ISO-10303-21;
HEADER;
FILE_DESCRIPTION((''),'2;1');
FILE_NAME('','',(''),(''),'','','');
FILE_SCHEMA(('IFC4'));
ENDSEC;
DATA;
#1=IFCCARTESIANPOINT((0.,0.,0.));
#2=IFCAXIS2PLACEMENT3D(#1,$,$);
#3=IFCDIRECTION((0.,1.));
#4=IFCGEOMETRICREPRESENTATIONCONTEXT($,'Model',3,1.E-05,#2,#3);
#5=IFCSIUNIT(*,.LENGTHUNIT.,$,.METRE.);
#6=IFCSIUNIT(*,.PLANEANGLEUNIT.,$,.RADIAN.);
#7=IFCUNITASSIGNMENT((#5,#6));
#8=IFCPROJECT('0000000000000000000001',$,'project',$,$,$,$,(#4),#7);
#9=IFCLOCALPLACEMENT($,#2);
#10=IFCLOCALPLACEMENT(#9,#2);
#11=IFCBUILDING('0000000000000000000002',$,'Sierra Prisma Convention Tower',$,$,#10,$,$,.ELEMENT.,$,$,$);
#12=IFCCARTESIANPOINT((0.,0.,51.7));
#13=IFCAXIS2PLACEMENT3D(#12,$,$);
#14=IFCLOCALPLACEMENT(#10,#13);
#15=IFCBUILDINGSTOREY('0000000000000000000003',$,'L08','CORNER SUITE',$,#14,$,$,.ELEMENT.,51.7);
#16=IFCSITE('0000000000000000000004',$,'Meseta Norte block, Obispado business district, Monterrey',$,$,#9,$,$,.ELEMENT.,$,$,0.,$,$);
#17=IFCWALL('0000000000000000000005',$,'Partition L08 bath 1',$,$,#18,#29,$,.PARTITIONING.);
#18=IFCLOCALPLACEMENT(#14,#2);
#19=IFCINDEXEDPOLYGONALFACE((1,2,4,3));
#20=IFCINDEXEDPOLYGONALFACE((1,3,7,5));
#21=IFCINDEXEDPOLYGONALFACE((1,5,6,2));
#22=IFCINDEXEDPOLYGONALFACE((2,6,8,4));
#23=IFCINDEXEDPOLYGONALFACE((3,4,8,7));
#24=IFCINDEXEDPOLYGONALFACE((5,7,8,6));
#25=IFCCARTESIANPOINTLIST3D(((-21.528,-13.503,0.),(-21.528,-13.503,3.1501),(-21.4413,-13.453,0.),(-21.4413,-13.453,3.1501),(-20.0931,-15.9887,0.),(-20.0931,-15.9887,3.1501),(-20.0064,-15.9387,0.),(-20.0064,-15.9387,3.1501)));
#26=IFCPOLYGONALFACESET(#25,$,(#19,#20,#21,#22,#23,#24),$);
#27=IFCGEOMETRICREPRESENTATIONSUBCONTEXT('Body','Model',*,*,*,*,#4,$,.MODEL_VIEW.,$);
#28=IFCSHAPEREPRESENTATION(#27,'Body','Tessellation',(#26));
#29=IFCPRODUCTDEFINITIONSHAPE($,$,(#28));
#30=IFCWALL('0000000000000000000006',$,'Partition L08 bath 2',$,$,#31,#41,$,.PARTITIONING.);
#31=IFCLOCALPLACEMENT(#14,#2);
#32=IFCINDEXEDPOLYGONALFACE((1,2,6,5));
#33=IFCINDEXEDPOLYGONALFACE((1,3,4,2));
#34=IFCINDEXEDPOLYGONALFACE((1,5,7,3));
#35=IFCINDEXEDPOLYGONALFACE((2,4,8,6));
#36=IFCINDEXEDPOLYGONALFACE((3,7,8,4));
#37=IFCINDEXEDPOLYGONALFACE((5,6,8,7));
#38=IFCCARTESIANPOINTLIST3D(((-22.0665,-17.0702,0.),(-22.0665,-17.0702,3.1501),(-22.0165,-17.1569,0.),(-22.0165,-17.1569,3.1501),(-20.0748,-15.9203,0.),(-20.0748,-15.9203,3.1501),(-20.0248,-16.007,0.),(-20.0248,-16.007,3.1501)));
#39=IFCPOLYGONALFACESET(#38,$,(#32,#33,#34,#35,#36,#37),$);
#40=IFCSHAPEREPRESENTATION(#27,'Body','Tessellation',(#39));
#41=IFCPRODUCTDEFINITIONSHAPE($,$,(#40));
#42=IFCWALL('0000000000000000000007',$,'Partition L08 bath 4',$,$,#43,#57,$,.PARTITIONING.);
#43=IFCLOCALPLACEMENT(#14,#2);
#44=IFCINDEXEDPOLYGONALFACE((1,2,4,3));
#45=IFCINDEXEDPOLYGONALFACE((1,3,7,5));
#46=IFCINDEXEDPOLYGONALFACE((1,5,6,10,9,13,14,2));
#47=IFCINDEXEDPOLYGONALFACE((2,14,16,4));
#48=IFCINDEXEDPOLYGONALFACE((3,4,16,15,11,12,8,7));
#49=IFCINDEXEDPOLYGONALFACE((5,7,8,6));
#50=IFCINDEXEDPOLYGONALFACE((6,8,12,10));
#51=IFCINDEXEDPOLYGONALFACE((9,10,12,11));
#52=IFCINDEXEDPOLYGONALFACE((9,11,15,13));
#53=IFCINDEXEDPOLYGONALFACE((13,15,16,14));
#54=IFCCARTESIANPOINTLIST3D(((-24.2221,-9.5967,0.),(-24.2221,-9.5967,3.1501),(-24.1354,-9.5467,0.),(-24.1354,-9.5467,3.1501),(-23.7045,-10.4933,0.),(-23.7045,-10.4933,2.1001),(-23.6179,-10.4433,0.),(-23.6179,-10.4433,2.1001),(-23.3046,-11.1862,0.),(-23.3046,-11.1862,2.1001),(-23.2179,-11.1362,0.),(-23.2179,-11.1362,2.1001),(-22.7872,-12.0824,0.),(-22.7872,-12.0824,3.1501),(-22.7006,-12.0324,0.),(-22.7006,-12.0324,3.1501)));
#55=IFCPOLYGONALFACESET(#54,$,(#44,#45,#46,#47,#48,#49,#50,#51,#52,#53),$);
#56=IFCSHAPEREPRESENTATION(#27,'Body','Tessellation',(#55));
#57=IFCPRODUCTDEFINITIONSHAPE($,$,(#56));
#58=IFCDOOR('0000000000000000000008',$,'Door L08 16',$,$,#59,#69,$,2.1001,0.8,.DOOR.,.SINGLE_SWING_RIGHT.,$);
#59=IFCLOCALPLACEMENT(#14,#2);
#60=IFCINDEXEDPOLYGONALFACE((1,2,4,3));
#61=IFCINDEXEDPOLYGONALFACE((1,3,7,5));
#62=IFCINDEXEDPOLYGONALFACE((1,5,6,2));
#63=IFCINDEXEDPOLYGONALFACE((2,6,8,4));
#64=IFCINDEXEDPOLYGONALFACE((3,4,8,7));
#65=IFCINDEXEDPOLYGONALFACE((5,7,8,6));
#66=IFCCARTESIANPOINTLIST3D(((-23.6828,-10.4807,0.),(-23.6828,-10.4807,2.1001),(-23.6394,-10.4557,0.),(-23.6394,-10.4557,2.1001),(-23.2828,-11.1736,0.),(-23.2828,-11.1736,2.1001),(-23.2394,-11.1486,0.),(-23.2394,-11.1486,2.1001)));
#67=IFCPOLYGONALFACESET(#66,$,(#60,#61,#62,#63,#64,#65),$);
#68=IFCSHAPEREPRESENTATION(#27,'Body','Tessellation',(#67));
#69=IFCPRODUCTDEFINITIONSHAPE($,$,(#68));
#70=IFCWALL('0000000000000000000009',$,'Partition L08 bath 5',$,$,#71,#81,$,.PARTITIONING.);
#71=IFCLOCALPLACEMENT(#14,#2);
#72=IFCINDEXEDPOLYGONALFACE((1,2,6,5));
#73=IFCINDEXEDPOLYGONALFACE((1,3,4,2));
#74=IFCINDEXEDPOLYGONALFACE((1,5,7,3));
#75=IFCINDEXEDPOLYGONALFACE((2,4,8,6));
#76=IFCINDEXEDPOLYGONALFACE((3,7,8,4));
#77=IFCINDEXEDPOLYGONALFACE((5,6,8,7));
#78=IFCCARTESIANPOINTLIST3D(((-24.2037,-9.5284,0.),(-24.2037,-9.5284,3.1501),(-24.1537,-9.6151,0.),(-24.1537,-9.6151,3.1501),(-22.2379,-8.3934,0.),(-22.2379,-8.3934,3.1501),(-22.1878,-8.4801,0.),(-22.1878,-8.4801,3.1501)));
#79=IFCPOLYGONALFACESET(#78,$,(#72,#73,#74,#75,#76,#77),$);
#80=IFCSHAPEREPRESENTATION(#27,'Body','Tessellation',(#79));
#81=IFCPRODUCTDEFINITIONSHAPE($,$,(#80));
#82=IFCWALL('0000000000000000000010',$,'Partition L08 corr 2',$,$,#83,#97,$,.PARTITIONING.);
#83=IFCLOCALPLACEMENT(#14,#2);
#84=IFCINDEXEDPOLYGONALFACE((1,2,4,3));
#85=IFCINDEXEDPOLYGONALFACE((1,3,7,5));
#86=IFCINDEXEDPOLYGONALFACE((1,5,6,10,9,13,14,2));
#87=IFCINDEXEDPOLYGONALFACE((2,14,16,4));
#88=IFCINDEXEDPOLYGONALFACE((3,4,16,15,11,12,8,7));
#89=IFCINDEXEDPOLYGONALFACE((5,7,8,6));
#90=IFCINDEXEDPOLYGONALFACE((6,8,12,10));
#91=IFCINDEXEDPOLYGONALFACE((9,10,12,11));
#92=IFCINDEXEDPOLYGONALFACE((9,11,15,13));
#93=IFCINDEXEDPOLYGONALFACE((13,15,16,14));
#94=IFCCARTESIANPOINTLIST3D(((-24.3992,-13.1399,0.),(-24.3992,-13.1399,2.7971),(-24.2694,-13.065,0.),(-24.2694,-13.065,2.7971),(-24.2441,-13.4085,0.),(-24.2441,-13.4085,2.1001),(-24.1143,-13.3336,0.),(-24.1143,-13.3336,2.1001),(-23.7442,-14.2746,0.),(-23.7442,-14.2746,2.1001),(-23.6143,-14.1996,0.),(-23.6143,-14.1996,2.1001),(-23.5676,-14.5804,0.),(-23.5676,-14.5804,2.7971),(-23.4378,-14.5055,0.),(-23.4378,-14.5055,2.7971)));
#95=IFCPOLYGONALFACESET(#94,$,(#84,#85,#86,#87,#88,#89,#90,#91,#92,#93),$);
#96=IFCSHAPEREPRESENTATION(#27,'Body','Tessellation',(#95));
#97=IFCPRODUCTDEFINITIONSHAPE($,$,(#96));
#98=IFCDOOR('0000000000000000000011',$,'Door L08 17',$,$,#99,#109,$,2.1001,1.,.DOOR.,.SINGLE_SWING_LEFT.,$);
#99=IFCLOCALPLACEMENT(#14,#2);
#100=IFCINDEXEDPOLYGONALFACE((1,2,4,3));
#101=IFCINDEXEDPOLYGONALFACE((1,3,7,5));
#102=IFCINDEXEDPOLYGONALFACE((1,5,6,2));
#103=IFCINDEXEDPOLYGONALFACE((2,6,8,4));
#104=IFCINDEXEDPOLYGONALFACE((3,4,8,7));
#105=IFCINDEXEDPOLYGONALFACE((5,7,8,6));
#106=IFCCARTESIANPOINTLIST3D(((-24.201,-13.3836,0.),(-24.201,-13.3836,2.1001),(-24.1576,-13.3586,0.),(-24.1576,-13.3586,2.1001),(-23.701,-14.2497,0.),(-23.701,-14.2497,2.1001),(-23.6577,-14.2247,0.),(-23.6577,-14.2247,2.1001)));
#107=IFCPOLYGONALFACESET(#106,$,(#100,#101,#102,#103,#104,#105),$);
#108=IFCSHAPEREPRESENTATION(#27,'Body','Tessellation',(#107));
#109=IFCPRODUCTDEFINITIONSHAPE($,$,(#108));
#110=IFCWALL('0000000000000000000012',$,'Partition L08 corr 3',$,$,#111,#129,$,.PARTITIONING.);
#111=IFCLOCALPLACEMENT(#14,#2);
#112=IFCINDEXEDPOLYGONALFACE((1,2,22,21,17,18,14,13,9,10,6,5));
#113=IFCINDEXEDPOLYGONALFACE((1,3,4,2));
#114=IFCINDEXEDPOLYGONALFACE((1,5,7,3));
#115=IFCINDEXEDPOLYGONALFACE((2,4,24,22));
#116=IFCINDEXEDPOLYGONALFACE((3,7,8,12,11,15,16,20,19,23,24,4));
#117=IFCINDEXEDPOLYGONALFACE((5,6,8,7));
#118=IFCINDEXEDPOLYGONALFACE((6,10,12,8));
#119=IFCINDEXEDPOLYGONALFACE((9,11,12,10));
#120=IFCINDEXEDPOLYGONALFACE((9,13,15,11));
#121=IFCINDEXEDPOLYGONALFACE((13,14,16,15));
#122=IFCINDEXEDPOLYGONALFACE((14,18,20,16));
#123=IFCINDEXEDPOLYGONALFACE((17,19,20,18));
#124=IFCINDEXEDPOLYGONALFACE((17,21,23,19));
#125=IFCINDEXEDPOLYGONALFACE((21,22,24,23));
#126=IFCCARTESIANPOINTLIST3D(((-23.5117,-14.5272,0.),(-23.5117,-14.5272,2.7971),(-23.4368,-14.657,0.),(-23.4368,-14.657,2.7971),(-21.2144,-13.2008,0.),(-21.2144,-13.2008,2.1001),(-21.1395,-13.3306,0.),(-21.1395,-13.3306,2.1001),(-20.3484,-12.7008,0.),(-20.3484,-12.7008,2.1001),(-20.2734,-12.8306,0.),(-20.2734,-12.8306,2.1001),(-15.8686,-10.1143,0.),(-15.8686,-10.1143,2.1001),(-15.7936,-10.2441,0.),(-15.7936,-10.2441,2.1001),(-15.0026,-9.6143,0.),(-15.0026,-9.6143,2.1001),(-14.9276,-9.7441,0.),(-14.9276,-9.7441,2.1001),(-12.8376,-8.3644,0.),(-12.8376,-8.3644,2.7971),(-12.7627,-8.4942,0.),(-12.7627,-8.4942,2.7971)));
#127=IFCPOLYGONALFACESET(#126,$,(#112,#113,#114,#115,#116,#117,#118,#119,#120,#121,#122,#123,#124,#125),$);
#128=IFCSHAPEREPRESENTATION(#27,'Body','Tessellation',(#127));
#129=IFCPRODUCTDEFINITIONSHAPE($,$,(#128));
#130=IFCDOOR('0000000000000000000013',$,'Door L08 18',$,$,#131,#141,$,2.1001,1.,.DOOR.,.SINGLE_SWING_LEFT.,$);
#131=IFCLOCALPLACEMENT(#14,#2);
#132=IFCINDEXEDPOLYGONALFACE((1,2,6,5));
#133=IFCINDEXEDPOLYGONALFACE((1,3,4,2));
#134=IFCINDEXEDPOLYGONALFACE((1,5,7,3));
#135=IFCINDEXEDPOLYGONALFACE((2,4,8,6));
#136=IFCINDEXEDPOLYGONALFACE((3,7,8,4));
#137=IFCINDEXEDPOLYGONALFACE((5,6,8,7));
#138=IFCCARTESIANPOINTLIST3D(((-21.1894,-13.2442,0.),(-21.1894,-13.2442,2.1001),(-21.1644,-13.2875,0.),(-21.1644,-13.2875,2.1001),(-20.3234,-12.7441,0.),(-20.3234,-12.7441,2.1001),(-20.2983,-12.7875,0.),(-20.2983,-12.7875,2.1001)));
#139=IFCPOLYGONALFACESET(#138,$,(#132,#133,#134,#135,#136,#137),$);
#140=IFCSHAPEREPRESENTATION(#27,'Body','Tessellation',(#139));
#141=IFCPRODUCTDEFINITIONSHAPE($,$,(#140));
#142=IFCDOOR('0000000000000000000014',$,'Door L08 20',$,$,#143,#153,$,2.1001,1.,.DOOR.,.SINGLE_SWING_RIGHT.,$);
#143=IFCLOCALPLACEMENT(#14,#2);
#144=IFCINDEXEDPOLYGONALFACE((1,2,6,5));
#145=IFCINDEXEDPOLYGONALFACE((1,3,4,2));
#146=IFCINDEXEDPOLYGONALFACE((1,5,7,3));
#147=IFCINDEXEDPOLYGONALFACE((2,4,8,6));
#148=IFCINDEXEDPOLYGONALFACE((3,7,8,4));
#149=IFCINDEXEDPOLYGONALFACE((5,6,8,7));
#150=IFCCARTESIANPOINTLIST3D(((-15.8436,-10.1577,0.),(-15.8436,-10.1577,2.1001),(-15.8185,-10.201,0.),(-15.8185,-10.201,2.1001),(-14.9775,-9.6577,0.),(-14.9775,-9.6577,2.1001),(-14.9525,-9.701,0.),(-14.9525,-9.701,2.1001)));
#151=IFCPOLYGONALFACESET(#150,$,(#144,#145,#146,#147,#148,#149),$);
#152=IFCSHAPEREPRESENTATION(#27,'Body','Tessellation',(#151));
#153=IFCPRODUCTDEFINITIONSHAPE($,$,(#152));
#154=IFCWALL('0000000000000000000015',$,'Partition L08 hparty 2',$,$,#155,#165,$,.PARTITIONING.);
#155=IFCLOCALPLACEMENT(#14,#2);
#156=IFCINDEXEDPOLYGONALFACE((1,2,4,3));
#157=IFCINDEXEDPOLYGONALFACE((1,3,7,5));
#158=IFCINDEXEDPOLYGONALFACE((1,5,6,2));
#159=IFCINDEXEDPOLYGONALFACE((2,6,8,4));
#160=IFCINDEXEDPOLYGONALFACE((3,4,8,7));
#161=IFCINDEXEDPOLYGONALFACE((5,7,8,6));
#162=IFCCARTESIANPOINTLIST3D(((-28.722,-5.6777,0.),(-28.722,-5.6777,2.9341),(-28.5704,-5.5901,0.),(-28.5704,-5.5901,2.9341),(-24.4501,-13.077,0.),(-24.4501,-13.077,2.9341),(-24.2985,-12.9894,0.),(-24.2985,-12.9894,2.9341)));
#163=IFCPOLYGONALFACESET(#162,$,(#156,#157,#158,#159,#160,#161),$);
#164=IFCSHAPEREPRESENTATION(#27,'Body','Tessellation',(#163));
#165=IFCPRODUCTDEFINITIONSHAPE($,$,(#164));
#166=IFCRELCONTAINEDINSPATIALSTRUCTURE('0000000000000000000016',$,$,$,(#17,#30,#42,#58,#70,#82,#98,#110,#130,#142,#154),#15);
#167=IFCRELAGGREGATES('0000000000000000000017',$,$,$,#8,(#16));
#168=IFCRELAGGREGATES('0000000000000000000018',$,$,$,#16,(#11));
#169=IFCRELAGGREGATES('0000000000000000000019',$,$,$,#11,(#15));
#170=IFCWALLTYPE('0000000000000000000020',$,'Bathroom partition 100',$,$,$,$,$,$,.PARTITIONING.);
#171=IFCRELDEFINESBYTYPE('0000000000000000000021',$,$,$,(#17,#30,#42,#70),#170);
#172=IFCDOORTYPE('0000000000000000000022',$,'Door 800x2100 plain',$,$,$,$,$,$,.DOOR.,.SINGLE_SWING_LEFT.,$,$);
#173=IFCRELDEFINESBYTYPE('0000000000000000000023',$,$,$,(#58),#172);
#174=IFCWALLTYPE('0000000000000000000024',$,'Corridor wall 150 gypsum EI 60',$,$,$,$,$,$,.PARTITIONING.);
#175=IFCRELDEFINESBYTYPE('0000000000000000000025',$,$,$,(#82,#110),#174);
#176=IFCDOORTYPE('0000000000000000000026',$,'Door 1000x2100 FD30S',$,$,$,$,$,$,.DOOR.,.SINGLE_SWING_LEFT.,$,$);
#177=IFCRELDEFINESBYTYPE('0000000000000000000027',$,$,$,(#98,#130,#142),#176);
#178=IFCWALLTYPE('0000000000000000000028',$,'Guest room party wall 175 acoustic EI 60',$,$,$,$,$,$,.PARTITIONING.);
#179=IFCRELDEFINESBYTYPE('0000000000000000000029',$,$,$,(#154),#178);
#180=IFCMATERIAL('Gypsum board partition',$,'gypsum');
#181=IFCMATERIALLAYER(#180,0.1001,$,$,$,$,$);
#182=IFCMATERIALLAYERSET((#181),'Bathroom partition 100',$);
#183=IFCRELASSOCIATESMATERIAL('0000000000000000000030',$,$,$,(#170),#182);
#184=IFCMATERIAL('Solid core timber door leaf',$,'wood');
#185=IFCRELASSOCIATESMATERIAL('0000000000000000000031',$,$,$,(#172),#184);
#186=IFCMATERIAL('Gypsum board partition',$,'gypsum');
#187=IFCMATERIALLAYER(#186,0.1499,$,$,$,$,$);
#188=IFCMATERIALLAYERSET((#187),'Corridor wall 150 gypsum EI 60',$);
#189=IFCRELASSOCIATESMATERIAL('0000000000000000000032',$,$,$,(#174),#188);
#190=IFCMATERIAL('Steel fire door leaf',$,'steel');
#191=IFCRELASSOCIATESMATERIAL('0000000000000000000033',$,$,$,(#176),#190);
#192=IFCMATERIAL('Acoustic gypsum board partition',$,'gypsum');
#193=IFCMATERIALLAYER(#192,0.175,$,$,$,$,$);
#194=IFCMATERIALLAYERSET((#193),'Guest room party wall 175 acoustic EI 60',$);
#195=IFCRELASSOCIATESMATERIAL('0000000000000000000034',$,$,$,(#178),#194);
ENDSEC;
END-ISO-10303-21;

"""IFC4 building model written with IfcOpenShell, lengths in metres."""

from ifc_helpers import new_model, si_unit, direction, frame, frame_2d, origin, place, context, subcontext, project, spatial, rectangle, extrude, material, layer, layer_set, type_object, element, fill, save


model = new_model("IFC4")

# Units and contexts
model_context = context("Model", 3, precision=1e-05, world=origin(), true_north=direction((0.0, 1.0)))
body_context = subcontext(model_context, "Body", "Model", "MODEL_VIEW")
ifc_project = project(units=[si_unit("LENGTHUNIT", "METRE"), si_unit("PLANEANGLEUNIT", "RADIAN")], contexts=[model_context])

# Site, building, storey
site_placement = place(None, origin())
site = spatial("IfcSite", under=ifc_project, at=site_placement, Name="Meseta Norte block, Obispado business district, Monterrey", CompositionType="ELEMENT", RefElevation=0.0)
building_placement = place(site_placement, origin())
building = spatial("IfcBuilding", under=site, at=building_placement, Name="Sierra Prisma Convention Tower", CompositionType="ELEMENT")
storey_placement = place(building_placement, frame((0.0, 0.0, 51.7)))
storey = spatial("IfcBuildingStorey", under=building, at=storey_placement, Name="L08", Description="CORNER SUITE", CompositionType="ELEMENT", Elevation=51.7)

# Walls
ifc_material_1 = material(Name="Gypsum board partition", Category="gypsum")
ifc_layer_1 = layer(ifc_material_1, 0.1001)
ifc_layer_set_1 = layer_set([ifc_layer_1], Name="Bathroom partition 100")
wall_type_1 = type_object("IfcWallType", Name="Bathroom partition 100", PredefinedType="PARTITIONING", material=ifc_layer_set_1)
wall_1_placement = place(storey_placement, frame((-21.4846, -13.478, 0.0), z_axis=(0.0, 0.0, 1.0), x_axis=(0.499936, -0.866062, 0.0)))
element("IfcWall", 1, at=wall_1_placement, inside=storey, type_object=wall_type_1, Name="Partition L08 bath 1", PredefinedType="PARTITIONING", context=body_context, shape_type="SweptSolid", body=[
    extrude(rectangle(XDim=2.8701, YDim=0.1001, at=frame_2d((1.4351, 0.0))), origin(), (0.0, 0.0, 1.0), 3.1501),
])
wall_2_placement = place(storey_placement, frame((-20.0498, -15.9636, 0.0), z_axis=(0.0, 0.0, 1.0), x_axis=(-0.866026, -0.499998, 0.0)))
element("IfcWall", 2, at=wall_2_placement, inside=storey, type_object=wall_type_1, Name="Partition L08 bath 2", PredefinedType="PARTITIONING", context=body_context, shape_type="SweptSolid", body=[
    extrude(rectangle(XDim=2.2998, YDim=0.1001, at=frame_2d((1.1499, 0.0))), origin(), (0.0, 0.0, 1.0), 3.1501),
])

# Wall, opening, door
wall_3_placement = place(storey_placement, frame((-22.7439, -12.0574, 0.0), z_axis=(0.0, 0.0, 1.0), x_axis=(-0.499936, 0.866062, 0.0)))
wall_3 = element("IfcWall", 3, at=wall_3_placement, inside=storey, type_object=wall_type_1, Name="Partition L08 bath 4", PredefinedType="PARTITIONING", context=body_context, shape_type="SweptSolid", body=[
    extrude(rectangle(XDim=2.8701, YDim=0.1001, at=frame_2d((1.4351, 0.0))), origin(), (0.0, 0.0, 1.0), 3.1501),
])
opening_1_placement = place(wall_3_placement, frame((1.0349, 0.0, 0.0)))
opening_1 = element("IfcOpeningElement", 4, at=opening_1_placement, cuts=wall_3, PredefinedType="OPENING", context=body_context, shape_type="SweptSolid", body=[
    extrude(rectangle(XDim=0.8, YDim=2.1001, at=frame_2d((0.3999, 1.05))), frame((0.0, 0.05, 0.0), z_axis=(0.0, -1.0, 0.0), x_axis=(1.0, 0.0, 0.0)), (0.0, 0.0, 1.0), 0.1001),
])
ifc_material_2 = material(Name="Solid core timber door leaf", Category="wood")
door_type_1 = type_object("IfcDoorType", Name="Door 800x2100 plain", OperationType="SINGLE_SWING_LEFT", PredefinedType="DOOR", material=ifc_material_2)
door_1_placement = place(opening_1_placement, origin())
door_1 = element("IfcDoor", 5, at=door_1_placement, inside=storey, type_object=door_type_1, Name="Door L08 16", OperationType="SINGLE_SWING_RIGHT", OverallHeight=2.1001, OverallWidth=0.8, PredefinedType="DOOR", context=body_context, shape_type="SweptSolid", body=[
    extrude(rectangle(XDim=0.8, YDim=2.1001, at=frame_2d((0.3999, 1.05))), frame((0.0, 0.0249, 0.0), z_axis=(0.0, -1.0, 0.0), x_axis=(1.0, 0.0, 0.0)), (0.0, 0.0, 1.0), 0.05),
])
fill(opening_1, door_1)

# Wall
wall_4_placement = place(storey_placement, frame((-24.1787, -9.5718, 0.0), z_axis=(0.0, 0.0, 1.0), x_axis=(0.866017, 0.500014, 0.0)))
element("IfcWall", 6, at=wall_4_placement, inside=storey, type_object=wall_type_1, Name="Partition L08 bath 5", PredefinedType="PARTITIONING", context=body_context, shape_type="SweptSolid", body=[
    extrude(rectangle(XDim=2.27, YDim=0.1001, at=frame_2d((1.135, 0.0))), origin(), (0.0, 0.0, 1.0), 3.1501),
])

# Wall, opening, door
ifc_material_3 = material(Name="Gypsum board partition", Category="gypsum")
ifc_layer_2 = layer(ifc_material_3, 0.1499)
ifc_layer_set_2 = layer_set([ifc_layer_2], Name="Corridor wall 150 gypsum EI 60")
wall_type_2 = type_object("IfcWallType", Name="Corridor wall 150 gypsum EI 60", PredefinedType="PARTITIONING", material=ifc_layer_set_2)
wall_5_placement = place(storey_placement, frame((-24.3342, -13.1025, 0.0), z_axis=(0.0, 0.0, 1.0), x_axis=(0.49996, -0.866049, 0.0)))
wall_5 = element("IfcWall", 7, at=wall_5_placement, inside=storey, type_object=wall_type_2, Name="Partition L08 corr 2", PredefinedType="PARTITIONING", context=body_context, shape_type="SweptSolid", body=[
    extrude(rectangle(XDim=1.6633, YDim=0.1499, at=frame_2d((0.8315, 0.0))), origin(), (0.0, 0.0, 1.0), 2.7971),
])
opening_2_placement = place(wall_5_placement, frame((0.3101, 0.0, 0.0)))
opening_2 = element("IfcOpeningElement", 8, at=opening_2_placement, cuts=wall_5, PredefinedType="OPENING", context=body_context, shape_type="SweptSolid", body=[
    extrude(rectangle(XDim=1.0, YDim=2.1001, at=frame_2d((0.5, 1.05))), frame((0.0, 0.075, 0.0), z_axis=(0.0, -1.0, 0.0), x_axis=(1.0, 0.0, 0.0)), (0.0, 0.0, 1.0), 0.1499),
])
ifc_material_4 = material(Name="Steel fire door leaf", Category="steel")
door_type_2 = type_object("IfcDoorType", Name="Door 1000x2100 FD30S", OperationType="SINGLE_SWING_LEFT", PredefinedType="DOOR", material=ifc_material_4)
door_2_placement = place(opening_2_placement, origin())
door_2 = element("IfcDoor", 9, at=door_2_placement, inside=storey, type_object=door_type_2, Name="Door L08 17", OperationType="SINGLE_SWING_LEFT", OverallHeight=2.1001, OverallWidth=1.0, PredefinedType="DOOR", context=body_context, shape_type="SweptSolid", body=[
    extrude(rectangle(XDim=1.0, YDim=2.1001, at=frame_2d((0.5, 1.05))), frame((0.0, 0.0249, 0.0), z_axis=(0.0, -1.0, 0.0), x_axis=(1.0, 0.0, 0.0)), (0.0, 0.0, 1.0), 0.05),
])
fill(opening_2, door_2)

# Wall, openings, doors
wall_6_placement = place(storey_placement, frame((-23.4741, -14.592, 0.0), z_axis=(0.0, 0.0, 1.0), x_axis=(0.86602, 0.50001, 0.0)))
wall_6 = element("IfcWall", 10, at=wall_6_placement, inside=storey, type_object=wall_type_2, Name="Partition L08 corr 3", PredefinedType="PARTITIONING", context=body_context, shape_type="SweptSolid", body=[
    extrude(rectangle(XDim=12.3254, YDim=0.1499, at=frame_2d((6.1626, 0.0))), origin(), (0.0, 0.0, 1.0), 2.7971),
])
opening_3_placement = place(wall_6_placement, frame((2.6526, 0.0, 0.0)))
opening_3 = element("IfcOpeningElement", 11, at=opening_3_placement, cuts=wall_6, PredefinedType="OPENING", context=body_context, shape_type="SweptSolid", body=[
    extrude(rectangle(XDim=1.0, YDim=2.1001, at=frame_2d((0.5, 1.05))), frame((0.0, 0.075, 0.0), z_axis=(0.0, -1.0, 0.0), x_axis=(1.0, 0.0, 0.0)), (0.0, 0.0, 1.0), 0.1499),
])
opening_4_placement = place(wall_6_placement, frame((8.8254, 0.0, 0.0)))
opening_4 = element("IfcOpeningElement", 12, at=opening_4_placement, cuts=wall_6, PredefinedType="OPENING", context=body_context, shape_type="SweptSolid", body=[
    extrude(rectangle(XDim=1.0, YDim=2.1001, at=frame_2d((0.5, 1.05))), frame((0.0, 0.075, 0.0), z_axis=(0.0, -1.0, 0.0), x_axis=(1.0, 0.0, 0.0)), (0.0, 0.0, 1.0), 0.1499),
])
door_3_placement = place(opening_3_placement, origin())
door_3 = element("IfcDoor", 13, at=door_3_placement, inside=storey, type_object=door_type_2, Name="Door L08 18", OperationType="SINGLE_SWING_LEFT", OverallHeight=2.1001, OverallWidth=1.0, PredefinedType="DOOR", context=body_context, shape_type="SweptSolid", body=[
    extrude(rectangle(XDim=1.0, YDim=2.1001, at=frame_2d((0.5, 1.05))), frame((0.0, 0.0249, 0.0), z_axis=(0.0, -1.0, 0.0), x_axis=(1.0, 0.0, 0.0)), (0.0, 0.0, 1.0), 0.05),
])
fill(opening_3, door_3)
door_4_placement = place(opening_4_placement, origin())
door_4 = element("IfcDoor", 14, at=door_4_placement, inside=storey, type_object=door_type_2, Name="Door L08 20", OperationType="SINGLE_SWING_RIGHT", OverallHeight=2.1001, OverallWidth=1.0, PredefinedType="DOOR", context=body_context, shape_type="SweptSolid", body=[
    extrude(rectangle(XDim=1.0, YDim=2.1001, at=frame_2d((0.5, 1.05))), frame((0.0, 0.0249, 0.0), z_axis=(0.0, -1.0, 0.0), x_axis=(1.0, 0.0, 0.0)), (0.0, 0.0, 1.0), 0.05),
])
fill(opening_4, door_4)

# Wall
ifc_material_5 = material(Name="Acoustic gypsum board partition", Category="gypsum")
ifc_layer_3 = layer(ifc_material_5, 0.175)
ifc_layer_set_3 = layer_set([ifc_layer_3], Name="Guest room party wall 175 acoustic EI 60")
wall_type_3 = type_object("IfcWallType", Name="Guest room party wall 175 acoustic EI 60", PredefinedType="PARTITIONING", material=ifc_layer_set_3)
wall_7_placement = place(storey_placement, frame((-24.3743, -13.0332, 0.0), z_axis=(0.0, 0.0, 1.0), x_axis=(-0.499993, 0.86603, 0.0)))
element("IfcWall", 15, at=wall_7_placement, inside=storey, type_object=wall_type_3, Name="Partition L08 hparty 2", PredefinedType="PARTITIONING", context=body_context, shape_type="SweptSolid", body=[
    extrude(rectangle(XDim=8.5439, YDim=0.175, at=frame_2d((4.272, 0.0))), origin(), (0.0, 0.0, 1.0), 2.9341),
])

save(model, "model.ifc")
